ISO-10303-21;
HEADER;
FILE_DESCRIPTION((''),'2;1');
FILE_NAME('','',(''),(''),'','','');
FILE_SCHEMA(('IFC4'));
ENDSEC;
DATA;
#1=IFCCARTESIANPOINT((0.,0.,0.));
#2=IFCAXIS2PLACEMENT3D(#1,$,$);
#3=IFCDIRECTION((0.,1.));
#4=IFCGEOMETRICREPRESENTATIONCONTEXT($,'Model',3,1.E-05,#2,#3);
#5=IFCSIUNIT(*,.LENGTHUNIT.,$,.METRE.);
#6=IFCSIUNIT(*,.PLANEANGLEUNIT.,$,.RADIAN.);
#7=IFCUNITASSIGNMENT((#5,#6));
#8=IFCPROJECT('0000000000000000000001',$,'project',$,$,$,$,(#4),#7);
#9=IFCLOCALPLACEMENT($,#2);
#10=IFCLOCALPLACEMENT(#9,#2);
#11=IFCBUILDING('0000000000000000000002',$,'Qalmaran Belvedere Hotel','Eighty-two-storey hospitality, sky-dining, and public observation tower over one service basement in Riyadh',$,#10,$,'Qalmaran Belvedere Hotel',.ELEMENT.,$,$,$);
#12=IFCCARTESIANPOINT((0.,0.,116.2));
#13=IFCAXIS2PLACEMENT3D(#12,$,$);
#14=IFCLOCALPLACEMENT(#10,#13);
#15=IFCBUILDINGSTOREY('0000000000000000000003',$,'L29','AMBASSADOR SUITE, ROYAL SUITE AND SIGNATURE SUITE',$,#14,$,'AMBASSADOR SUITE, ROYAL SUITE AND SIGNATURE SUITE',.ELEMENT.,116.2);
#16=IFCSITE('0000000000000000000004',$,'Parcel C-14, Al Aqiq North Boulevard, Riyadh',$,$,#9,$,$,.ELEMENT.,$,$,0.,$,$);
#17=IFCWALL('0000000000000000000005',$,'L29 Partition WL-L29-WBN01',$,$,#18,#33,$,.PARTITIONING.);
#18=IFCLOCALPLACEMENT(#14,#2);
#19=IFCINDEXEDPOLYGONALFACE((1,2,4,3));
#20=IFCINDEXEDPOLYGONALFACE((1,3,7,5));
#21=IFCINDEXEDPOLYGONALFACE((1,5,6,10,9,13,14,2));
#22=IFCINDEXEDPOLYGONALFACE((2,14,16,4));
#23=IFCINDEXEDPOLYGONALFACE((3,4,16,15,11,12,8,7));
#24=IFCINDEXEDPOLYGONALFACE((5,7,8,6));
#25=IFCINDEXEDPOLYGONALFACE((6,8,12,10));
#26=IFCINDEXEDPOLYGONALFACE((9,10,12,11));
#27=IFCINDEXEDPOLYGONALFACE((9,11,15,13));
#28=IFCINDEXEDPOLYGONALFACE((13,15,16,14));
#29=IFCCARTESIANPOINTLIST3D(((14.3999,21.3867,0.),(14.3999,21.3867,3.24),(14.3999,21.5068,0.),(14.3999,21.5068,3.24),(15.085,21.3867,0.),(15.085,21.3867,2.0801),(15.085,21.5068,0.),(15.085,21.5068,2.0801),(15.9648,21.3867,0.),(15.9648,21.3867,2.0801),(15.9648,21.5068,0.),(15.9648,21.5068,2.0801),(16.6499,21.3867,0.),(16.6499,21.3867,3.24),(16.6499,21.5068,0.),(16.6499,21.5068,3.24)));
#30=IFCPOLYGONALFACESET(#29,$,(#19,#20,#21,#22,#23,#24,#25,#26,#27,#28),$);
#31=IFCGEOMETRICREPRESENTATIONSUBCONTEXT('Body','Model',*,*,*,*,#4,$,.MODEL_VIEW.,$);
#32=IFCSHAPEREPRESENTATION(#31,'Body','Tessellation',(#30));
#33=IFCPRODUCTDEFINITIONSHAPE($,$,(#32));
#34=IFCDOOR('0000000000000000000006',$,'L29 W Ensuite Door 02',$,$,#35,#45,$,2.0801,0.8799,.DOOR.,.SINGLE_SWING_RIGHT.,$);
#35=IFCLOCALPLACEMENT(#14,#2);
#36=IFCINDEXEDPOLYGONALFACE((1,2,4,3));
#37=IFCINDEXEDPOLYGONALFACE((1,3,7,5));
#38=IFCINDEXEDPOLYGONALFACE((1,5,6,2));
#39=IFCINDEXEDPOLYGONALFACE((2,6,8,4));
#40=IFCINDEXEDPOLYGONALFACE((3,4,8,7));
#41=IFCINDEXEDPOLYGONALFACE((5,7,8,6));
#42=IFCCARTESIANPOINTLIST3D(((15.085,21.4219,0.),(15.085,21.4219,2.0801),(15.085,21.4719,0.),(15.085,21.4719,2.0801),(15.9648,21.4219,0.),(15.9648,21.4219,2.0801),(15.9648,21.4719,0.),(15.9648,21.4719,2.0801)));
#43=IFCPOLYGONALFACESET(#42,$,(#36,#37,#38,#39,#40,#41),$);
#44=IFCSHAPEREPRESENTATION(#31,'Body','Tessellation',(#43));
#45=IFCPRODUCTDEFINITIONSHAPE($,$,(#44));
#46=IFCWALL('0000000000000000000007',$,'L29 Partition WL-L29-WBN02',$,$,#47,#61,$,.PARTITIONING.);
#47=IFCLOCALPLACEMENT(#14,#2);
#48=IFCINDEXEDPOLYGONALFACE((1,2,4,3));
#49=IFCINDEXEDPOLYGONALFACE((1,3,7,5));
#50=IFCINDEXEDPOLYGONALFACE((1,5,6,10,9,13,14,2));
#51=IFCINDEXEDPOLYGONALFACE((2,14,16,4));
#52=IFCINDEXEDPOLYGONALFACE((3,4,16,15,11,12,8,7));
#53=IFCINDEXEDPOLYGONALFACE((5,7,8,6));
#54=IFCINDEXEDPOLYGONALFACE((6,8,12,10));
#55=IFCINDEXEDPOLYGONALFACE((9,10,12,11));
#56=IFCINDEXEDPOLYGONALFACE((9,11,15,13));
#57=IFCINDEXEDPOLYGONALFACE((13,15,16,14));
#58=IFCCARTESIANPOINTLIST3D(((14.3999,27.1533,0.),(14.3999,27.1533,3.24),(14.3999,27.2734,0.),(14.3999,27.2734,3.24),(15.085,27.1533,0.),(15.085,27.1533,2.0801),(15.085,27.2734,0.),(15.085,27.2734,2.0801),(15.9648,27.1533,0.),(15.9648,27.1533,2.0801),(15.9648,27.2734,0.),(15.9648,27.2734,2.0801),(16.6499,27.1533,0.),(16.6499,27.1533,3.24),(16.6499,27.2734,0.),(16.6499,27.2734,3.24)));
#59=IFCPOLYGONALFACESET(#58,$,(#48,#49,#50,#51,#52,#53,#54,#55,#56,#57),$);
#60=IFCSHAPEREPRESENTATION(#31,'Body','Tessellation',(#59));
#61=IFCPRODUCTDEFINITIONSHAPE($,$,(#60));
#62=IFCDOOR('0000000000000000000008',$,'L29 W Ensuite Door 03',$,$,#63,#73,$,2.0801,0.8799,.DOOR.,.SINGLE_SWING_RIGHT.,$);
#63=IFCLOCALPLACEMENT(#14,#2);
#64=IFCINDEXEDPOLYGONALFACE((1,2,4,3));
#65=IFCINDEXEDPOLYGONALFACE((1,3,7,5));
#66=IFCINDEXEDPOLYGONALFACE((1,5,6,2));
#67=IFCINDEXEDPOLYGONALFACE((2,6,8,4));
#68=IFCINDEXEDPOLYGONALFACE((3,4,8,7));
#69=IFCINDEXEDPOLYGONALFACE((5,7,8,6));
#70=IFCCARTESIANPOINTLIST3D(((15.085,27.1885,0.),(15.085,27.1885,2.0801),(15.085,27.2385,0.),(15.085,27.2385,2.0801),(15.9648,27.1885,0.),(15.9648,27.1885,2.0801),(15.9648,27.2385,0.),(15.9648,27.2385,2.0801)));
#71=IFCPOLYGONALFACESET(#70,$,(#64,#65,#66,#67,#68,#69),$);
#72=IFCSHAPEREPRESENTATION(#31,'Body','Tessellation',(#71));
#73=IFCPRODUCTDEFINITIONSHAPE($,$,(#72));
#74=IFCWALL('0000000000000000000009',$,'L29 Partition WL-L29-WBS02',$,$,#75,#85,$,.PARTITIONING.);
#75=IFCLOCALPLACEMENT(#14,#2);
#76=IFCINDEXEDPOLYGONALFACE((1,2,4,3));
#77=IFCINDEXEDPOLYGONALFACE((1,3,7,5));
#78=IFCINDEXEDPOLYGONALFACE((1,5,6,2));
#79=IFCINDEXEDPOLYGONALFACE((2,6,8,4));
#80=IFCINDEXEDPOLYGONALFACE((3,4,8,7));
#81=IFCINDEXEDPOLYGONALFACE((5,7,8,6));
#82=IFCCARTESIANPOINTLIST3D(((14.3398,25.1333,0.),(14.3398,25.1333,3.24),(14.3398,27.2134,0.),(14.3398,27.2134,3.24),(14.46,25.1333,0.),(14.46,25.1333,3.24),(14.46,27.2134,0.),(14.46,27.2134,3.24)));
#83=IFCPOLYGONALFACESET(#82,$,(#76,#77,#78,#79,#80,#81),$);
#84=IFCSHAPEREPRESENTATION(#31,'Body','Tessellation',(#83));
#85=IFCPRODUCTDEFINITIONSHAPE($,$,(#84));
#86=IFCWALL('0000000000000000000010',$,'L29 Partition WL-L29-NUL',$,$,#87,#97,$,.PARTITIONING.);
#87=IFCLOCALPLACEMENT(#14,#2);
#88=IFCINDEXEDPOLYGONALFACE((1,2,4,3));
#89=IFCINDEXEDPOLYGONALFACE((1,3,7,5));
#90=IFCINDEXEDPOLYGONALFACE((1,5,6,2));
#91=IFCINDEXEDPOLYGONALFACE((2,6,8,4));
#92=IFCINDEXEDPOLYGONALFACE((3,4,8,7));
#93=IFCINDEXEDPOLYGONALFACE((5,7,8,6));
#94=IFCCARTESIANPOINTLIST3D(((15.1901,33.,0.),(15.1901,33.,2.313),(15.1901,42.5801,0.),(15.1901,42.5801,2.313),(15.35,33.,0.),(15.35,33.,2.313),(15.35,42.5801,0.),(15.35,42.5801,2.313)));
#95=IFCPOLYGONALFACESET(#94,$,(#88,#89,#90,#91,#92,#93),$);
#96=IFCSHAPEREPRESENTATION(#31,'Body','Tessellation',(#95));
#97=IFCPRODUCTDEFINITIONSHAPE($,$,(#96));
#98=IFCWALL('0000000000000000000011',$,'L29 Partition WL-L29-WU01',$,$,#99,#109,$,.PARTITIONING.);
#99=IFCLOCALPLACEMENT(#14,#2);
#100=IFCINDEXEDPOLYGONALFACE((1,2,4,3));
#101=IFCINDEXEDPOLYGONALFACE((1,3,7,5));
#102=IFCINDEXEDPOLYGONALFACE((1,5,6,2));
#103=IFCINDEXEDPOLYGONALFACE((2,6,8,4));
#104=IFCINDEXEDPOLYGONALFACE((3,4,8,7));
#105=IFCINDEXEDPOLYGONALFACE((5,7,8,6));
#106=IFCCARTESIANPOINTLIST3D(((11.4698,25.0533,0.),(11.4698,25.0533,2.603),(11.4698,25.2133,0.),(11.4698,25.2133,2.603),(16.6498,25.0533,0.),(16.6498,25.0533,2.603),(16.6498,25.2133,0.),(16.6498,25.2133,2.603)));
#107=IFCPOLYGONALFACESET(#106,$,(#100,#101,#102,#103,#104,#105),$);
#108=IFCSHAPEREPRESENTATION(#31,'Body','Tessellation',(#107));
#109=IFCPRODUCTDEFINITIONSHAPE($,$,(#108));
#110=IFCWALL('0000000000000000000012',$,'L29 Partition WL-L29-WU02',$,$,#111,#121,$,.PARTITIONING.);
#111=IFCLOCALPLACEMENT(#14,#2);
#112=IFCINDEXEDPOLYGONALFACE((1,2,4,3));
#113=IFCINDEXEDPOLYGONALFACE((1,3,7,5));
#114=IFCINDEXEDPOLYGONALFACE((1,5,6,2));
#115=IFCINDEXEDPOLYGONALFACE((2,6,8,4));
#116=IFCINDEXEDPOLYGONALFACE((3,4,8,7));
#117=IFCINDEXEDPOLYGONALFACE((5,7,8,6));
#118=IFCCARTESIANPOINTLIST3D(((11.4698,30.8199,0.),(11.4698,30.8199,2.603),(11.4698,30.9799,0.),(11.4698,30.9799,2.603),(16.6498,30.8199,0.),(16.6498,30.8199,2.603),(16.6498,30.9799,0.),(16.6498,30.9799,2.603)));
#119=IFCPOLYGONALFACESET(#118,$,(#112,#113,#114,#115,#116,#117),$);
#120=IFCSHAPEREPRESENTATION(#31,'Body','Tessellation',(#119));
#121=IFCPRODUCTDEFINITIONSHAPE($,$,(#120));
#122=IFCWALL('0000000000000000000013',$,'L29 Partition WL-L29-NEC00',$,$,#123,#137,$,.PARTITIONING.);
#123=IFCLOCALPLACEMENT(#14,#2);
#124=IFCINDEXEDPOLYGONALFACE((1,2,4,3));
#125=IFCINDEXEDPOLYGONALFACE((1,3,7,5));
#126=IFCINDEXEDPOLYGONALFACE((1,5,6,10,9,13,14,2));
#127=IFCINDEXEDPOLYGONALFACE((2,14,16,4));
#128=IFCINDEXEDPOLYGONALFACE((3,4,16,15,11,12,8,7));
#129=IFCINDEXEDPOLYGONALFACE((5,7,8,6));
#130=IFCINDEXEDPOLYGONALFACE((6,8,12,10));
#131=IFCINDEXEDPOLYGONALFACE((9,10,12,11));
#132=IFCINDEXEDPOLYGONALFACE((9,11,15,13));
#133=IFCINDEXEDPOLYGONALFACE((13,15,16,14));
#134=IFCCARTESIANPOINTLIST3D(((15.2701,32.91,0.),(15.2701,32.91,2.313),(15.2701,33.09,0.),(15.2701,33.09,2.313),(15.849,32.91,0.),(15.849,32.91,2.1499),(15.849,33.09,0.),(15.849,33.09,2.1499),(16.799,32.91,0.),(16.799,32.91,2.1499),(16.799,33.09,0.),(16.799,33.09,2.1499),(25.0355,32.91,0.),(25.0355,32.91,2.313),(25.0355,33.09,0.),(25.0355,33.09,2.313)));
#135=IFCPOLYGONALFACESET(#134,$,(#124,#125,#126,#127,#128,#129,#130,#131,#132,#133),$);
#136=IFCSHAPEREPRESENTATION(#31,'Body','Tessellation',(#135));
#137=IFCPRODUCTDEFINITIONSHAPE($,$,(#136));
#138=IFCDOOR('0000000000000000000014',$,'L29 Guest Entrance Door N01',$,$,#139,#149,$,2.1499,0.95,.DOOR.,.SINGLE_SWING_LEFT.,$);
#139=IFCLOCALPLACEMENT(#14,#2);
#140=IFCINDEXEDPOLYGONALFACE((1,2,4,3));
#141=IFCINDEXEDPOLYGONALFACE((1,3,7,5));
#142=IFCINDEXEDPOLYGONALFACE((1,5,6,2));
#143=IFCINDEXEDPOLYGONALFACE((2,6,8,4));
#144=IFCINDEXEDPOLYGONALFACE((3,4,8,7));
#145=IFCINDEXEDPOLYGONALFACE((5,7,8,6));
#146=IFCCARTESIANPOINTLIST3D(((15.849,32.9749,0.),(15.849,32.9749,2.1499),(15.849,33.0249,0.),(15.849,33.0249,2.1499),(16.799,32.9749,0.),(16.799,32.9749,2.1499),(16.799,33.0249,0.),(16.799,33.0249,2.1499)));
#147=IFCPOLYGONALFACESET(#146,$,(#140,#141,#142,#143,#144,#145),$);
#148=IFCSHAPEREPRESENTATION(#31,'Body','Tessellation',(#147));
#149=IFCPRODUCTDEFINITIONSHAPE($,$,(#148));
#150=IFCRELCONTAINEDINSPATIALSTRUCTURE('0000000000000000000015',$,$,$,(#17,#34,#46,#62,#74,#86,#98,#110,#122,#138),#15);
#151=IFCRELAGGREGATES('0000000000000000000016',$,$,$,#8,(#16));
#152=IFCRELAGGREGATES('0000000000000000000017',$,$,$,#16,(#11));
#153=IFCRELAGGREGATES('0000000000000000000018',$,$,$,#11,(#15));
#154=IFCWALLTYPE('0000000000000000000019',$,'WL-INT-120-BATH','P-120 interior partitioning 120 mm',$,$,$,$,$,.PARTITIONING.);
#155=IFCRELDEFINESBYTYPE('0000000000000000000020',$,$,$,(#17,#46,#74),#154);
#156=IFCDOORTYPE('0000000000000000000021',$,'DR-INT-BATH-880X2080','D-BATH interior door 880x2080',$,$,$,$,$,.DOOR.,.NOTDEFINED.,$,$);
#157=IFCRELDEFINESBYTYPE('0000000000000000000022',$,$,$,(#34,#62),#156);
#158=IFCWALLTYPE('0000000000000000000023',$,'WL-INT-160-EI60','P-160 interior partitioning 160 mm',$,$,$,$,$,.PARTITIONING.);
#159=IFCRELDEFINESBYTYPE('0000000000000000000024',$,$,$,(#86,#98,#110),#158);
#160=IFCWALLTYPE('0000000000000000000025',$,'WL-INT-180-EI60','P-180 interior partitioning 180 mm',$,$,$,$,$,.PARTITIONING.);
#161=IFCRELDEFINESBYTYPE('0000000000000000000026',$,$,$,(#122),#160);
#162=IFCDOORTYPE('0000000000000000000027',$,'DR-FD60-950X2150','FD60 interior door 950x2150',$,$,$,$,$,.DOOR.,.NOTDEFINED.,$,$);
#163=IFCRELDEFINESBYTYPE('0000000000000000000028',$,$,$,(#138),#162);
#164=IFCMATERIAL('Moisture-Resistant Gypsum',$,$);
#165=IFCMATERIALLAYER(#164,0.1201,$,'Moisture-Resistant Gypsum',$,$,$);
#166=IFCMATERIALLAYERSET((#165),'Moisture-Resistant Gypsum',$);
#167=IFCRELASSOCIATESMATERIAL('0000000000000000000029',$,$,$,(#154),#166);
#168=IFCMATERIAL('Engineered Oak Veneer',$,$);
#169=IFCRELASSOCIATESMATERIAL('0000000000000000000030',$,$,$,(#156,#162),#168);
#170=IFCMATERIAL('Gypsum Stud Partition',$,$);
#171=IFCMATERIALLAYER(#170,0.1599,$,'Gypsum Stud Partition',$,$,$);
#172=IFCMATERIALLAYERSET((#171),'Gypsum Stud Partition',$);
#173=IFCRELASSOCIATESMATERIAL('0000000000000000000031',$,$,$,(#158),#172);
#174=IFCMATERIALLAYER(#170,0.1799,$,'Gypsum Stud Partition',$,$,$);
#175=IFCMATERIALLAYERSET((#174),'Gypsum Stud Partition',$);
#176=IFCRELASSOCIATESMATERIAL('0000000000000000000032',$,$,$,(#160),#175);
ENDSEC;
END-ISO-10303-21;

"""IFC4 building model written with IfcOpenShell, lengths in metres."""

from ifc_helpers import new_model, si_unit, direction, frame, frame_2d, origin, place, context, subcontext, project, spatial, rectangle, extrude, material, layer, layer_set, type_object, element, fill, save


model = new_model("IFC4")

# Units and contexts
model_context = context("Model", 3, precision=1e-05, world=origin(), true_north=direction((0.0, 1.0)))
body_context = subcontext(model_context, "Body", "Model", "MODEL_VIEW")
ifc_project = project(units=[si_unit("LENGTHUNIT", "METRE"), si_unit("PLANEANGLEUNIT", "RADIAN")], contexts=[model_context])

# Site, building, storey
site_placement = place(None, origin())
site = spatial("IfcSite", under=ifc_project, at=site_placement, Name="Parcel C-14, Al Aqiq North Boulevard, Riyadh", CompositionType="ELEMENT", RefElevation=0.0)
building_placement = place(site_placement, origin())
building = spatial("IfcBuilding", under=site, at=building_placement, Name="Qalmaran Belvedere Hotel", Description="Eighty-two-storey hospitality, sky-dining, and public observation tower over one service basement in Riyadh", LongName="Qalmaran Belvedere Hotel", CompositionType="ELEMENT")
storey_placement = place(building_placement, frame((0.0, 0.0, 116.2)))
storey = spatial("IfcBuildingStorey", under=building, at=storey_placement, Name="L29", Description="AMBASSADOR SUITE, ROYAL SUITE AND SIGNATURE SUITE", LongName="AMBASSADOR SUITE, ROYAL SUITE AND SIGNATURE SUITE", CompositionType="ELEMENT", Elevation=116.2)

# Walls, openings, doors
ifc_material_1 = material(Name="Moisture-Resistant Gypsum")
ifc_layer_1 = layer(ifc_material_1, 0.1201, Name="Moisture-Resistant Gypsum")
ifc_layer_set_1 = layer_set([ifc_layer_1], Name="Moisture-Resistant Gypsum")
wall_type_1 = type_object("IfcWallType", Name="WL-INT-120-BATH", Description="P-120 interior partitioning 120 mm", PredefinedType="PARTITIONING", material=ifc_layer_set_1)
wall_1_placement = place(storey_placement, frame((14.3999, 21.4468, 0.0), z_axis=(0.0, 0.0, 1.0), x_axis=(1.0, 0.0, 0.0)))
wall_1 = element("IfcWall", 1, at=wall_1_placement, inside=storey, type_object=wall_type_1, Name="L29 Partition WL-L29-WBN01", PredefinedType="PARTITIONING", context=body_context, shape_type="SweptSolid", body=[
    extrude(rectangle(XDim=2.25, YDim=0.1201, at=frame_2d((1.125, 0.0))), origin(), (0.0, 0.0, 1.0), 3.24),
])
opening_1_placement = place(wall_1_placement, frame((1.5649, 0.0, 0.0), z_axis=(0.0, 0.0, 1.0), x_axis=(-1.0, 0.0, 0.0)))
opening_1 = element("IfcOpeningElement", 2, at=opening_1_placement, cuts=wall_1, PredefinedType="OPENING", context=body_context, shape_type="SweptSolid", body=[
    extrude(rectangle(XDim=0.8799, YDim=2.0801, at=frame_2d((0.4399, 1.04))), frame((0.0, 0.0701, 0.0), z_axis=(0.0, -1.0, 0.0), x_axis=(1.0, 0.0, 0.0)), (0.0, 0.0, 1.0), 0.1401),
])
ifc_material_2 = material(Name="Engineered Oak Veneer")
door_type_1 = type_object("IfcDoorType", Name="DR-INT-BATH-880X2080", Description="D-BATH interior door 880x2080", OperationType="NOTDEFINED", PredefinedType="DOOR", material=ifc_material_2)
door_1_placement = place(opening_1_placement, origin())
door_1 = element("IfcDoor", 3, at=door_1_placement, inside=storey, type_object=door_type_1, Name="L29 W Ensuite Door 02", OperationType="SINGLE_SWING_RIGHT", OverallHeight=2.0801, OverallWidth=0.8799, PredefinedType="DOOR", context=body_context, shape_type="SweptSolid", body=[
    extrude(rectangle(XDim=0.8799, YDim=2.0801, at=frame_2d((0.4399, 1.04))), frame((0.0, 0.0249, 0.0), z_axis=(0.0, -1.0, 0.0), x_axis=(1.0, 0.0, 0.0)), (0.0, 0.0, 1.0), 0.05),
])
fill(opening_1, door_1)
wall_2_placement = place(storey_placement, frame((14.3999, 27.2134, 0.0), z_axis=(0.0, 0.0, 1.0), x_axis=(1.0, 0.0, 0.0)))
wall_2 = element("IfcWall", 4, at=wall_2_placement, inside=storey, type_object=wall_type_1, Name="L29 Partition WL-L29-WBN02", PredefinedType="PARTITIONING", context=body_context, shape_type="SweptSolid", body=[
    extrude(rectangle(XDim=2.25, YDim=0.1201, at=frame_2d((1.125, 0.0))), origin(), (0.0, 0.0, 1.0), 3.24),
])
opening_2_placement = place(wall_2_placement, frame((1.5649, 0.0, 0.0), z_axis=(0.0, 0.0, 1.0), x_axis=(-1.0, 0.0, 0.0)))
opening_2 = element("IfcOpeningElement", 5, at=opening_2_placement, cuts=wall_2, PredefinedType="OPENING", context=body_context, shape_type="SweptSolid", body=[
    extrude(rectangle(XDim=0.8799, YDim=2.0801, at=frame_2d((0.4399, 1.04))), frame((0.0, 0.0701, 0.0), z_axis=(0.0, -1.0, 0.0), x_axis=(1.0, 0.0, 0.0)), (0.0, 0.0, 1.0), 0.1401),
])
door_2_placement = place(opening_2_placement, origin())
door_2 = element("IfcDoor", 6, at=door_2_placement, inside=storey, type_object=door_type_1, Name="L29 W Ensuite Door 03", OperationType="SINGLE_SWING_RIGHT", OverallHeight=2.0801, OverallWidth=0.8799, PredefinedType="DOOR", context=body_context, shape_type="SweptSolid", body=[
    extrude(rectangle(XDim=0.8799, YDim=2.0801, at=frame_2d((0.4399, 1.04))), frame((0.0, 0.0249, 0.0), z_axis=(0.0, -1.0, 0.0), x_axis=(1.0, 0.0, 0.0)), (0.0, 0.0, 1.0), 0.05),
])
fill(opening_2, door_2)

# Walls
wall_3_placement = place(storey_placement, frame((14.3999, 25.1333, 0.0), z_axis=(0.0, 0.0, 1.0), x_axis=(0.0, 1.0, 0.0)))
element("IfcWall", 7, at=wall_3_placement, inside=storey, type_object=wall_type_1, Name="L29 Partition WL-L29-WBS02", PredefinedType="PARTITIONING", context=body_context, shape_type="SweptSolid", body=[
    extrude(rectangle(XDim=2.0801, YDim=0.1201, at=frame_2d((1.04, 0.0))), origin(), (0.0, 0.0, 1.0), 3.24),
])
ifc_material_3 = material(Name="Gypsum Stud Partition")
ifc_layer_2 = layer(ifc_material_3, 0.1599, Name="Gypsum Stud Partition")
ifc_layer_set_2 = layer_set([ifc_layer_2], Name="Gypsum Stud Partition")
wall_type_2 = type_object("IfcWallType", Name="WL-INT-160-EI60", Description="P-160 interior partitioning 160 mm", PredefinedType="PARTITIONING", material=ifc_layer_set_2)
wall_4_placement = place(storey_placement, frame((15.27, 33.0, 0.0), z_axis=(0.0, 0.0, 1.0), x_axis=(0.0, 1.0, 0.0)))
element("IfcWall", 8, at=wall_4_placement, inside=storey, type_object=wall_type_2, Name="L29 Partition WL-L29-NUL", PredefinedType="PARTITIONING", context=body_context, shape_type="SweptSolid", body=[
    extrude(rectangle(XDim=9.5801, YDim=0.1599, at=frame_2d((4.79, 0.0))), origin(), (0.0, 0.0, 1.0), 2.313),
])
for number, where, z_axis, x_axis, name in (
    (9, (11.47, 25.1333, 0.0), (0.0, 0.0, 1.0), (1.0, 0.0, 0.0), "L29 Partition WL-L29-WU01"),
    (10, (11.47, 30.8999, 0.0), (0.0, 0.0, 1.0), (1.0, 0.0, 0.0), "L29 Partition WL-L29-WU02"),
):
    element("IfcWall", number, at=place(storey_placement, frame(where, z_axis=z_axis, x_axis=x_axis)), inside=storey, type_object=wall_type_2, Name=name, PredefinedType="PARTITIONING", context=body_context, shape_type="SweptSolid", body=[
        extrude(rectangle(XDim=5.1799, YDim=0.1599, at=frame_2d((2.5898, 0.0))), origin(), (0.0, 0.0, 1.0), 2.603),
    ])

# Wall, opening, door
ifc_layer_3 = layer(ifc_material_3, 0.1799, Name="Gypsum Stud Partition")
ifc_layer_set_3 = layer_set([ifc_layer_3], Name="Gypsum Stud Partition")
wall_type_3 = type_object("IfcWallType", Name="WL-INT-180-EI60", Description="P-180 interior partitioning 180 mm", PredefinedType="PARTITIONING", material=ifc_layer_set_3)
wall_5_placement = place(storey_placement, frame((15.27, 33.0, 0.0), z_axis=(0.0, 0.0, 1.0), x_axis=(1.0, 0.0, 0.0)))
wall_5 = element("IfcWall", 11, at=wall_5_placement, inside=storey, type_object=wall_type_3, Name="L29 Partition WL-L29-NEC00", PredefinedType="PARTITIONING", context=body_context, shape_type="SweptSolid", body=[
    extrude(rectangle(XDim=9.7654, YDim=0.1799, at=frame_2d((4.8828, 0.0))), origin(), (0.0, 0.0, 1.0), 2.313),
])
opening_3_placement = place(wall_5_placement, frame((0.5789, 0.0, 0.0)))
opening_3 = element("IfcOpeningElement", 12, at=opening_3_placement, cuts=wall_5, PredefinedType="OPENING", context=body_context, shape_type="SweptSolid", body=[
    extrude(rectangle(XDim=0.95, YDim=2.1499, at=frame_2d((0.4751, 1.075))), frame((0.0, 0.1001, 0.0), z_axis=(0.0, -1.0, 0.0), x_axis=(1.0, 0.0, 0.0)), (0.0, 0.0, 1.0), 0.2),
])
door_type_2 = type_object("IfcDoorType", Name="DR-FD60-950X2150", Description="FD60 interior door 950x2150", OperationType="NOTDEFINED", PredefinedType="DOOR", material=ifc_material_2)
door_3_placement = place(opening_3_placement, origin())
door_3 = element("IfcDoor", 13, at=door_3_placement, inside=storey, type_object=door_type_2, Name="L29 Guest Entrance Door N01", OperationType="SINGLE_SWING_LEFT", OverallHeight=2.1499, OverallWidth=0.95, PredefinedType="DOOR", context=body_context, shape_type="SweptSolid", body=[
    extrude(rectangle(XDim=0.95, YDim=2.1499, at=frame_2d((0.4751, 1.075))), frame((0.0, 0.0249, 0.0), z_axis=(0.0, -1.0, 0.0), x_axis=(1.0, 0.0, 0.0)), (0.0, 0.0, 1.0), 0.05),
])
fill(opening_3, door_3)

save(model, "model.ifc")
